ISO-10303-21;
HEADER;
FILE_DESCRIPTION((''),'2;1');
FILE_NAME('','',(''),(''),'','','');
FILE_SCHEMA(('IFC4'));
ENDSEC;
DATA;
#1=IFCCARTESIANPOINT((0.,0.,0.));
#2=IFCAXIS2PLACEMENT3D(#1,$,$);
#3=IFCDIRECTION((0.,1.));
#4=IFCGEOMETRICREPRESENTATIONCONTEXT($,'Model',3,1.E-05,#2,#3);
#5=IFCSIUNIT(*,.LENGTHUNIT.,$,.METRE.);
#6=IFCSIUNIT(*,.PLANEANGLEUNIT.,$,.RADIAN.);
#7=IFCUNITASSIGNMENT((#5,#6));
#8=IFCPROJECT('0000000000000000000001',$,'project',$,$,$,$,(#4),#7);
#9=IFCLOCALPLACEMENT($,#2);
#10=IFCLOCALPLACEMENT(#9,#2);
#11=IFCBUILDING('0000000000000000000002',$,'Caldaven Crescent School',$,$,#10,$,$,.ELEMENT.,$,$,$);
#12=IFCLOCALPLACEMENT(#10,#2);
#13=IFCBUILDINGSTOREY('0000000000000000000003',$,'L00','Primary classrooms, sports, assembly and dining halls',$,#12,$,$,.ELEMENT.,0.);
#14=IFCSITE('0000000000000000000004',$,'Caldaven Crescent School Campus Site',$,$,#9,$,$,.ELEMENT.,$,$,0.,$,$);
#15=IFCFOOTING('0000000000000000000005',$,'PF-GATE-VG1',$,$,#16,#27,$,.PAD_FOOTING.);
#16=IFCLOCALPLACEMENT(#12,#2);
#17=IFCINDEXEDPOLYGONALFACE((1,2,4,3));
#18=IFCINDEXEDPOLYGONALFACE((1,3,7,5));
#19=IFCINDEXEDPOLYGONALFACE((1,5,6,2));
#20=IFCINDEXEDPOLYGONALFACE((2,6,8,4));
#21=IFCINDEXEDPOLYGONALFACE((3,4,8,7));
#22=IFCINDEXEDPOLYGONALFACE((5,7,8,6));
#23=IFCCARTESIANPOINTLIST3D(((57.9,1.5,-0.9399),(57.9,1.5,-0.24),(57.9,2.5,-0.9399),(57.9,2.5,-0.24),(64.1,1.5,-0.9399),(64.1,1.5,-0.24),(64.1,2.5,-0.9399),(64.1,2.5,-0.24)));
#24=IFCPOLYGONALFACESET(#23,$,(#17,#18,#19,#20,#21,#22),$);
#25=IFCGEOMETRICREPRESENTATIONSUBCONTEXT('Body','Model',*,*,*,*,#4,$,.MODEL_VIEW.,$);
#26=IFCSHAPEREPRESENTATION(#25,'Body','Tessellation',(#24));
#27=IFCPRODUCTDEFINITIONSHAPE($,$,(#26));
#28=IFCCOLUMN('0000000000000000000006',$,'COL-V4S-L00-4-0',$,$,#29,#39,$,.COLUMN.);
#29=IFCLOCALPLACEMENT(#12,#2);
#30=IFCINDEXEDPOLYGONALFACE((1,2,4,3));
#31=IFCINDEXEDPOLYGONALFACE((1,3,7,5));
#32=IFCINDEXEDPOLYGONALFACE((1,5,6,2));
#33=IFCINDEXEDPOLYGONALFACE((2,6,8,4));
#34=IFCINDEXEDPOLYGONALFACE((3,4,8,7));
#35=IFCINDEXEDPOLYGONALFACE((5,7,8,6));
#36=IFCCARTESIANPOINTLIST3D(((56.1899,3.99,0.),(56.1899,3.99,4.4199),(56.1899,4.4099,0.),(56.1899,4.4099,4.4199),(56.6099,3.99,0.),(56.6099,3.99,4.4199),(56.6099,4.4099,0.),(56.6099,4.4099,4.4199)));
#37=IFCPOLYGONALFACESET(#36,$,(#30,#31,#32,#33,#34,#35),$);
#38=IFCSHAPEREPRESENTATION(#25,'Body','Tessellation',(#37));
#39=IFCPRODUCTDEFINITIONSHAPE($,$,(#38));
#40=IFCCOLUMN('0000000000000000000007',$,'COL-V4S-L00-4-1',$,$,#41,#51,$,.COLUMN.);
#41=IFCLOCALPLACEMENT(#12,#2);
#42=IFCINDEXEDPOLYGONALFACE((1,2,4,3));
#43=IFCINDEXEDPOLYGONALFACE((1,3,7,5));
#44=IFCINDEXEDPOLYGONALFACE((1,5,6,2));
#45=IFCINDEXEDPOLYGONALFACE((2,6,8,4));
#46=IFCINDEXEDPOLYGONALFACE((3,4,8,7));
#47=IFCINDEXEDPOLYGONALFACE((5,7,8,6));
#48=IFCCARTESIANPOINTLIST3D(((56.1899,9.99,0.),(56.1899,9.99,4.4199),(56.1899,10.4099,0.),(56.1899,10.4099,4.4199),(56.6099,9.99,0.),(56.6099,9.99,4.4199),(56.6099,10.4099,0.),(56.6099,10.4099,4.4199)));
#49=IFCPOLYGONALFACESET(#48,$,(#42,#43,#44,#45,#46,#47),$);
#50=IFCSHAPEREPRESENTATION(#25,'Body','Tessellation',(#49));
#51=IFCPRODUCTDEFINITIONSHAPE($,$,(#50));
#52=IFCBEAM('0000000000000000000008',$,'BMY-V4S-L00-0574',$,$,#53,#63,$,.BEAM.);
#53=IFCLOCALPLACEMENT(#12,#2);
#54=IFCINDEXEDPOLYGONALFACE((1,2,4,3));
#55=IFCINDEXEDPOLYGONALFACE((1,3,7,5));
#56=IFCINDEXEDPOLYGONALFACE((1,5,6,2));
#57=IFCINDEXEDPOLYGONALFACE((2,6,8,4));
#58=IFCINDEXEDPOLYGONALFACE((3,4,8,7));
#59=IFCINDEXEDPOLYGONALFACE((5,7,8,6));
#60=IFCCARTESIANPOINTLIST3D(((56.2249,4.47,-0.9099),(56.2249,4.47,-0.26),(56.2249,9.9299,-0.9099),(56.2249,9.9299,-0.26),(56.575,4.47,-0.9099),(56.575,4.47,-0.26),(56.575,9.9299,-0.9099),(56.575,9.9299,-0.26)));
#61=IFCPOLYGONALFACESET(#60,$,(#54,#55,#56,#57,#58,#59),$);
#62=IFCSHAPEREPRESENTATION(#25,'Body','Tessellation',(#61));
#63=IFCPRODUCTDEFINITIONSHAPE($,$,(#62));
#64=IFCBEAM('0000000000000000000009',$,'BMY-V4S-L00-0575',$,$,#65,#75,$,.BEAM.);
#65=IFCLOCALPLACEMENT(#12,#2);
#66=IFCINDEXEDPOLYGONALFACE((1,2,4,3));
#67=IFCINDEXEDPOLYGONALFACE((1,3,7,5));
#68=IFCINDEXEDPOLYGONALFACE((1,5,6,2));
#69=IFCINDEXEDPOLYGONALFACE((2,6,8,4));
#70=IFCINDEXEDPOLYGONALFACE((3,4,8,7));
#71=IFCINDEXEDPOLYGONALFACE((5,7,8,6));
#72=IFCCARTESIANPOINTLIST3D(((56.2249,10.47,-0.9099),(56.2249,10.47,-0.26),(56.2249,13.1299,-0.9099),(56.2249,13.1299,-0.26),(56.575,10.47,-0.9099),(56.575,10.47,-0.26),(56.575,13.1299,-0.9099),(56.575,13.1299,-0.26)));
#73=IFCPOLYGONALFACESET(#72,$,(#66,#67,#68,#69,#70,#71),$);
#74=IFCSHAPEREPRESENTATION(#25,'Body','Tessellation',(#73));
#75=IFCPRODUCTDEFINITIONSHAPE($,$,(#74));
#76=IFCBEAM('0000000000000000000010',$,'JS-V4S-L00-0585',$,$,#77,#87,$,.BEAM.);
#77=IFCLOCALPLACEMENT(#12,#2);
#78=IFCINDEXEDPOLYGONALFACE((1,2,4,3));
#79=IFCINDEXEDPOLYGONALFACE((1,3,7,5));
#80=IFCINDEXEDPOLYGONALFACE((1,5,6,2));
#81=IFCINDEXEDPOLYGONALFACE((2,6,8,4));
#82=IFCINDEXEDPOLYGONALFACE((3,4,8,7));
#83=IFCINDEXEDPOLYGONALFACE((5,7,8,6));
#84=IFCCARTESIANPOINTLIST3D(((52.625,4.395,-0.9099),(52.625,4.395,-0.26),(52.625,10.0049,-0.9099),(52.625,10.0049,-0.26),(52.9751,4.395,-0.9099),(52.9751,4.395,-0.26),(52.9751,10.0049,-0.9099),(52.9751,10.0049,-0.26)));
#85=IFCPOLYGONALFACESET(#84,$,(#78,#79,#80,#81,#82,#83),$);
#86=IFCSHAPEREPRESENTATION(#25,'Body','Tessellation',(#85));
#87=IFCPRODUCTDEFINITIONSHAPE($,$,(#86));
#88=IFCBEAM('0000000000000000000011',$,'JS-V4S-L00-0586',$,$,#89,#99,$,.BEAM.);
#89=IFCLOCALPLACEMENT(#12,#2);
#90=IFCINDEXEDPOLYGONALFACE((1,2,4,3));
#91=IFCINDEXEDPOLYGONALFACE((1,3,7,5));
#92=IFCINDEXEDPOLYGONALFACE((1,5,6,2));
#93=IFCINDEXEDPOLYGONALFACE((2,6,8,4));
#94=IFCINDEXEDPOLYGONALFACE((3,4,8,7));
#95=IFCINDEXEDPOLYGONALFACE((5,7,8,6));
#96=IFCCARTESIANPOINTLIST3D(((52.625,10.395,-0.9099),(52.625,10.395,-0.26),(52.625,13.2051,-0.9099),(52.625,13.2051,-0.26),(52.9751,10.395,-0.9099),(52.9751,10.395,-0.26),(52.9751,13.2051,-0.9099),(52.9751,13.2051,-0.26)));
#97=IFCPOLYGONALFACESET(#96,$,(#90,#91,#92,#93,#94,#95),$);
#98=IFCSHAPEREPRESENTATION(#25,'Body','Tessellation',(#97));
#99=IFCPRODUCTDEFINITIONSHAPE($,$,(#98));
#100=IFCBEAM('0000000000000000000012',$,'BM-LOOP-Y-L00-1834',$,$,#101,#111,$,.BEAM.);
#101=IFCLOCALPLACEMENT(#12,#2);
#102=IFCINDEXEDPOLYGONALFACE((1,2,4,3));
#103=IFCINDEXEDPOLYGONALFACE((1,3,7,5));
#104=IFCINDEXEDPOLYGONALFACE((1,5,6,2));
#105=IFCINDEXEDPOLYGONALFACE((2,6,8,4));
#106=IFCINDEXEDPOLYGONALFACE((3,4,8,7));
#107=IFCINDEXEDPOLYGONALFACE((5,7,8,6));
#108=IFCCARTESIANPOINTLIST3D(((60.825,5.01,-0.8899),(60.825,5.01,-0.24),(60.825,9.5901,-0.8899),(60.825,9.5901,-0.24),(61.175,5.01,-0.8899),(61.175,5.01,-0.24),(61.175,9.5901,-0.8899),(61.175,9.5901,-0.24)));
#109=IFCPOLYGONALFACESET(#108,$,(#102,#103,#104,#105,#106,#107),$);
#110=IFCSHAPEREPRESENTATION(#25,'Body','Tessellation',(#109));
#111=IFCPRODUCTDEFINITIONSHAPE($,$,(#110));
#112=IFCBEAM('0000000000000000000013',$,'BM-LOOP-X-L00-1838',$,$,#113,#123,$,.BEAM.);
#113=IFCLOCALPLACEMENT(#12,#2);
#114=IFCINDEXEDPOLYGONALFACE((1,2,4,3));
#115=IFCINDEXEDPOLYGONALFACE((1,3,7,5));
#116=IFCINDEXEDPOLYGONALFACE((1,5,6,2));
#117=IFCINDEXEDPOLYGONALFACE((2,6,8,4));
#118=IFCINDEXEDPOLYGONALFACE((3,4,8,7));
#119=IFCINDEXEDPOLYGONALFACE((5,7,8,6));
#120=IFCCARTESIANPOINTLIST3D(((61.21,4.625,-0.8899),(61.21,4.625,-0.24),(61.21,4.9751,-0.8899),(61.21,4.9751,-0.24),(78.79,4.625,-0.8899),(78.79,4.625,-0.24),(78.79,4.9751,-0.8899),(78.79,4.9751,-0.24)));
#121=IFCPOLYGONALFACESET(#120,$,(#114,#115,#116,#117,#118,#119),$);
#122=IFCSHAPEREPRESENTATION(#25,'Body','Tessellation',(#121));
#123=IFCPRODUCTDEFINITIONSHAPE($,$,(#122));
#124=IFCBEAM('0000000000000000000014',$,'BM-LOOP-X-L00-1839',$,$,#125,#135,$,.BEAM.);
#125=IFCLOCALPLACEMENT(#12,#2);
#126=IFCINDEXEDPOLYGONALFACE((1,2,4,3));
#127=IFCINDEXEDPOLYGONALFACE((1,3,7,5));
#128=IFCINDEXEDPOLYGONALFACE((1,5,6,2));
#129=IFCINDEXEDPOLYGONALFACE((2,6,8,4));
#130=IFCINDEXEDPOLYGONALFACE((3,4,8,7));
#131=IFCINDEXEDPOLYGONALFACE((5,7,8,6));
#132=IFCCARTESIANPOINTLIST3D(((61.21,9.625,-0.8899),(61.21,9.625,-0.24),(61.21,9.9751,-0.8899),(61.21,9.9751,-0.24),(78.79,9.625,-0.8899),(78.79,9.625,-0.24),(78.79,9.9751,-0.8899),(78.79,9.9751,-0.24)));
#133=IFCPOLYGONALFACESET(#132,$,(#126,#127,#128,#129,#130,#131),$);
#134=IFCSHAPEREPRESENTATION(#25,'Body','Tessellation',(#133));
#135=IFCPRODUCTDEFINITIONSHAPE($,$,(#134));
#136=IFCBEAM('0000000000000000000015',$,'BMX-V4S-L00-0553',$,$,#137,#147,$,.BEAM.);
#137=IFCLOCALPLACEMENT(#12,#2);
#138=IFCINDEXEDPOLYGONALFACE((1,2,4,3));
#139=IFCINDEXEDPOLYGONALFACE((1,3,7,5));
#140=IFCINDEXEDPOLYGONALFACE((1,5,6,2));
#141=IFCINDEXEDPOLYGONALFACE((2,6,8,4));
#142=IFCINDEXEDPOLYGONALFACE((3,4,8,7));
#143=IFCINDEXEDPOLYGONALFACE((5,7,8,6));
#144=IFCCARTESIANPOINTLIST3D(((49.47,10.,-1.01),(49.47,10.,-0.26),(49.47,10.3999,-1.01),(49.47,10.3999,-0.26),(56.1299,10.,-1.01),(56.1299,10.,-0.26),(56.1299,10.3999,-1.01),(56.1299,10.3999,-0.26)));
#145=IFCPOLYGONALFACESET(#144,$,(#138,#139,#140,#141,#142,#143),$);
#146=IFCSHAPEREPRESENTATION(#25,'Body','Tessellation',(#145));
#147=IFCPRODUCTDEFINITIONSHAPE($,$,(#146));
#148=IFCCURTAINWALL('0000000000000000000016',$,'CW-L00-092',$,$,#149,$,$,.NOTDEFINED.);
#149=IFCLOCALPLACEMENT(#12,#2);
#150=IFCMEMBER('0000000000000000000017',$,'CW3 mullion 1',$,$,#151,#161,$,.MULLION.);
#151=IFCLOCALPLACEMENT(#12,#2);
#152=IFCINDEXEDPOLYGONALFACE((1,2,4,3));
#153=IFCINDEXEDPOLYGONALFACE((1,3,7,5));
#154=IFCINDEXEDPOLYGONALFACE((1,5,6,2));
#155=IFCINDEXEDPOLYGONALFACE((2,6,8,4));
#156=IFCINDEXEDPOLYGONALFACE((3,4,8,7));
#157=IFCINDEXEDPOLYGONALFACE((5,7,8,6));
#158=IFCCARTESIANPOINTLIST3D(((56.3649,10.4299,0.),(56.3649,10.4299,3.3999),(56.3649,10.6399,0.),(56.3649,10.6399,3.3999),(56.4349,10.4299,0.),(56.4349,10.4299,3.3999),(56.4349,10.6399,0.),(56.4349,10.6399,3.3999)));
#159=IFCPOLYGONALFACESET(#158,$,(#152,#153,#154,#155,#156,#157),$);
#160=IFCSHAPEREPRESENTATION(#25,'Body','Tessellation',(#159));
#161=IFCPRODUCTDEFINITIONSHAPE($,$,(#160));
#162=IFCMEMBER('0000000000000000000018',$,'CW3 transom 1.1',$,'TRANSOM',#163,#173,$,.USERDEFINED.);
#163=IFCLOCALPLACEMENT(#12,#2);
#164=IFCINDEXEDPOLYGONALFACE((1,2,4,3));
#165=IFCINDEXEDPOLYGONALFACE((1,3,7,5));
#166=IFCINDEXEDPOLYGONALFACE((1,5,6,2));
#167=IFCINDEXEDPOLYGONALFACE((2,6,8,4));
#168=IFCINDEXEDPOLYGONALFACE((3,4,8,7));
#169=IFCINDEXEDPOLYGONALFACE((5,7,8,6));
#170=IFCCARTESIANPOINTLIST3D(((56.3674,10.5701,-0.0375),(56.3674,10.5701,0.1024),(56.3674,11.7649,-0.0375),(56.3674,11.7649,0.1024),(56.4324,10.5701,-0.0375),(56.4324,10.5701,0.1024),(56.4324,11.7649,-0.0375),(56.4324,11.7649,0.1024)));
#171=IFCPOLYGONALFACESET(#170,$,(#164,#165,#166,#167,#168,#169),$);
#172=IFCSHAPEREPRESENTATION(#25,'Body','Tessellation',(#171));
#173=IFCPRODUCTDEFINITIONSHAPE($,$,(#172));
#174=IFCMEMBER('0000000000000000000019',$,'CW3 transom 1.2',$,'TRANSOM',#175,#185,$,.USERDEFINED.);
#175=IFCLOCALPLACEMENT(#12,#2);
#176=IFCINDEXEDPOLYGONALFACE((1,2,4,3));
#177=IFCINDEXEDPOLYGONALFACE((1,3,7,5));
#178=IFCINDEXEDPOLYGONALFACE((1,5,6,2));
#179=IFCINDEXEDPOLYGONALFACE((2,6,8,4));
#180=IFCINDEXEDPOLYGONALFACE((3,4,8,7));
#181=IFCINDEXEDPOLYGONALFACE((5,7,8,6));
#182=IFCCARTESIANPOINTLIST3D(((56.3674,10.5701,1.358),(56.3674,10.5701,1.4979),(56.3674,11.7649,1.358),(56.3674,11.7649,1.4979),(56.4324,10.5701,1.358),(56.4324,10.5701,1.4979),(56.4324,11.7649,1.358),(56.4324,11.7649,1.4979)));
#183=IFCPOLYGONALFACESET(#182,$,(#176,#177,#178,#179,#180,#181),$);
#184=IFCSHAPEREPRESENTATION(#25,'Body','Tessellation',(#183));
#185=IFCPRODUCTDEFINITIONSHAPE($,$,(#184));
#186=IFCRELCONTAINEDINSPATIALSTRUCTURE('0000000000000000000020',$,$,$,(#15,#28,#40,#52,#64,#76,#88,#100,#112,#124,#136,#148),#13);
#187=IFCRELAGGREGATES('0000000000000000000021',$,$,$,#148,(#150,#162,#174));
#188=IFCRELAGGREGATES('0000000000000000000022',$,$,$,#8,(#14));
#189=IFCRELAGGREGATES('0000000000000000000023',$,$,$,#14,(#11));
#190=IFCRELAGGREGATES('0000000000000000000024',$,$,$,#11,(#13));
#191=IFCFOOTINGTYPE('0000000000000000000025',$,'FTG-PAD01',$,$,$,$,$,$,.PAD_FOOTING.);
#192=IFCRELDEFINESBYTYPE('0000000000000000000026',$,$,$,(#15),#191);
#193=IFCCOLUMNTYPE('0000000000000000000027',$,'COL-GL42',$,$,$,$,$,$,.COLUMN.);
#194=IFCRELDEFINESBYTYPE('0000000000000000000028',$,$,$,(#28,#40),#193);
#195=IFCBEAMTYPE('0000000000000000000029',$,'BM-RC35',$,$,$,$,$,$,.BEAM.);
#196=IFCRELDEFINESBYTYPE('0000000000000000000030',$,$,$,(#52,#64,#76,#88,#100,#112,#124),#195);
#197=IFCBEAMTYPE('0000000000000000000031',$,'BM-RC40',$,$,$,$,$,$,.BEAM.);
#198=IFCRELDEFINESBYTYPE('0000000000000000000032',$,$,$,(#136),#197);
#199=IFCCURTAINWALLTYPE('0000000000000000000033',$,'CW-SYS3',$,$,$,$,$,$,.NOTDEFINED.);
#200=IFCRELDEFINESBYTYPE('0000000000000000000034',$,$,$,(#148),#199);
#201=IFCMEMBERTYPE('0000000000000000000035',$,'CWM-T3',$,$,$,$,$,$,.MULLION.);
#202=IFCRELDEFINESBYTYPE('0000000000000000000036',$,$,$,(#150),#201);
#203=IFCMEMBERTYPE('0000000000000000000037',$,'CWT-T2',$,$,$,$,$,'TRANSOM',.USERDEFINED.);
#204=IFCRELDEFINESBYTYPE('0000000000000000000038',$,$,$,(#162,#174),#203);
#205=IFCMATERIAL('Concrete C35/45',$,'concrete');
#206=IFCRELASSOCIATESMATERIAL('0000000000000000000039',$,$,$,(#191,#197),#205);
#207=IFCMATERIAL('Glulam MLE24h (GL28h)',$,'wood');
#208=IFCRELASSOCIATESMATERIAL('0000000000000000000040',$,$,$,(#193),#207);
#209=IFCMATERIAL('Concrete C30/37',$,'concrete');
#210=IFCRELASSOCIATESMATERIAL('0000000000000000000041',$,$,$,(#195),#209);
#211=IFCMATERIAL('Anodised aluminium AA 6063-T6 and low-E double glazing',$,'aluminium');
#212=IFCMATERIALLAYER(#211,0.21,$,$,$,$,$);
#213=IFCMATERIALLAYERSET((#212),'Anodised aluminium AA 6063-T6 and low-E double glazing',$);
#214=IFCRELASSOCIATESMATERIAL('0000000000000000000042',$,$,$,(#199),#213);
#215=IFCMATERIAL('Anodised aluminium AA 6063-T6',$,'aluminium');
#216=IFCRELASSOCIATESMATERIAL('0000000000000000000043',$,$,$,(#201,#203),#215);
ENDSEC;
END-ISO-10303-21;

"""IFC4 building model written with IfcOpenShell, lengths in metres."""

from ifc_helpers import new_model, si_unit, direction, frame, origin, origin_2d, place, context, subcontext, project, spatial, rectangle, extrude, material, layer, layer_set, material_profile, profile_set, type_object, element, aggregate, save


model = new_model("IFC4")

# Units and contexts
model_context = context("Model", 3, precision=1e-05, world=origin(), true_north=direction((0.0, 1.0)))
body_context = subcontext(model_context, "Body", "Model", "MODEL_VIEW")
ifc_project = project(units=[si_unit("LENGTHUNIT", "METRE"), si_unit("PLANEANGLEUNIT", "RADIAN")], contexts=[model_context])

# Site, building, storey
site_placement = place(None, origin())
site = spatial("IfcSite", under=ifc_project, at=site_placement, Name="Caldaven Crescent School Campus Site", CompositionType="ELEMENT", RefElevation=0.0)
building_placement = place(site_placement, origin())
building = spatial("IfcBuilding", under=site, at=building_placement, Name="Caldaven Crescent School", CompositionType="ELEMENT")
storey_placement = place(building_placement, origin())
storey = spatial("IfcBuildingStorey", under=building, at=storey_placement, Name="L00", Description="Primary classrooms, sports, assembly and dining halls", CompositionType="ELEMENT", Elevation=0.0)

# Footing
ifc_material_1 = material(Name="Concrete C35/45", Category="concrete")
footing_type = type_object("IfcFootingType", Name="FTG-PAD01", PredefinedType="PAD_FOOTING", material=ifc_material_1)
footing_placement = place(storey_placement, frame((61.0, 2.0, -0.9399), z_axis=(0.0, 0.0, 1.0), x_axis=(1.0, 0.0, 0.0)))
element("IfcFooting", 1, at=footing_placement, inside=storey, type_object=footing_type, Name="PF-GATE-VG1", PredefinedType="PAD_FOOTING", context=body_context, shape_type="SweptSolid", body=[
    extrude(rectangle(XDim=6.2, YDim=1.0, at=origin_2d()), origin(), (0.0, 0.0, 1.0), 0.7),
])

# Columns
ifc_material_2 = material(Name="Glulam MLE24h (GL28h)", Category="wood")
ifc_material_profile_1 = material_profile(ifc_material_2, rectangle(XDim=0.4199, YDim=0.4199, at=origin_2d()), Name="MLE 420x420")
ifc_profile_set_1 = profile_set([ifc_material_profile_1], Name="Glulam MLE24h (GL28h)")
column_type = type_object("IfcColumnType", Name="COL-GL42", PredefinedType="COLUMN", material=ifc_profile_set_1)
for number, where, z_axis, x_axis, name in (
    (2, (56.3999, 4.2, 0.0), (0.0, 0.0, 1.0), (1.0, 0.0, 0.0), "COL-V4S-L00-4-0"),
    (3, (56.3999, 10.2, 0.0), (0.0, 0.0, 1.0), (1.0, 0.0, 0.0), "COL-V4S-L00-4-1"),
):
    element("IfcColumn", number, at=place(storey_placement, frame(where, z_axis=z_axis, x_axis=x_axis)), inside=storey, type_object=column_type, Name=name, PredefinedType="COLUMN", context=body_context, shape_type="SweptSolid", body=[
        extrude(rectangle(XDim=0.4199, YDim=0.4199, at=origin_2d()), origin(), (0.0, 0.0, 1.0), 4.4199),
    ])

# Beams
ifc_material_3 = material(Name="Concrete C30/37", Category="concrete")
ifc_material_profile_2 = material_profile(ifc_material_3, rectangle(XDim=0.3501, YDim=0.6499, at=origin_2d()), Name="RC 350x650")
ifc_profile_set_2 = profile_set([ifc_material_profile_2], Name="Concrete C30/37")
beam_type_1 = type_object("IfcBeamType", Name="BM-RC35", PredefinedType="BEAM", material=ifc_profile_set_2)
beam_1_placement = place(storey_placement, frame((56.3999, 4.47, -0.585), z_axis=(0.0, 1.0, 0.0), x_axis=(-1.0, 0.0, 0.0)))
element("IfcBeam", 4, at=beam_1_placement, inside=storey, type_object=beam_type_1, Name="BMY-V4S-L00-0574", PredefinedType="BEAM", context=body_context, shape_type="SweptSolid", body=[
    extrude(rectangle(XDim=0.3501, YDim=0.6499, at=origin_2d()), origin(), (0.0, 0.0, 1.0), 5.46),
])
beam_2_placement = place(storey_placement, frame((56.3999, 10.47, -0.585), z_axis=(0.0, 1.0, 0.0), x_axis=(-1.0, 0.0, 0.0)))
element("IfcBeam", 5, at=beam_2_placement, inside=storey, type_object=beam_type_1, Name="BMY-V4S-L00-0575", PredefinedType="BEAM", context=body_context, shape_type="SweptSolid", body=[
    extrude(rectangle(XDim=0.3501, YDim=0.6499, at=origin_2d()), origin(), (0.0, 0.0, 1.0), 2.6599),
])
beam_3_placement = place(storey_placement, frame((52.8, 4.395, -0.585), z_axis=(0.0, 1.0, 0.0), x_axis=(-1.0, 0.0, 0.0)))
element("IfcBeam", 6, at=beam_3_placement, inside=storey, type_object=beam_type_1, Name="JS-V4S-L00-0585", PredefinedType="BEAM", context=body_context, shape_type="SweptSolid", body=[
    extrude(rectangle(XDim=0.3501, YDim=0.6499, at=origin_2d()), origin(), (0.0, 0.0, 1.0), 5.6099),
])
beam_4_placement = place(storey_placement, frame((52.8, 10.395, -0.585), z_axis=(0.0, 1.0, 0.0), x_axis=(-1.0, 0.0, 0.0)))
element("IfcBeam", 7, at=beam_4_placement, inside=storey, type_object=beam_type_1, Name="JS-V4S-L00-0586", PredefinedType="BEAM", context=body_context, shape_type="SweptSolid", body=[
    extrude(rectangle(XDim=0.3501, YDim=0.6499, at=origin_2d()), origin(), (0.0, 0.0, 1.0), 2.8101),
])
beam_5_placement = place(storey_placement, frame((61.0, 5.01, -0.5649), z_axis=(0.0, 1.0, 0.0), x_axis=(-1.0, 0.0, 0.0)))
element("IfcBeam", 8, at=beam_5_placement, inside=storey, type_object=beam_type_1, Name="BM-LOOP-Y-L00-1834", PredefinedType="BEAM", context=body_context, shape_type="SweptSolid", body=[
    extrude(rectangle(XDim=0.3501, YDim=0.6499, at=origin_2d()), origin(), (0.0, 0.0, 1.0), 4.5801),
])
for number, where, z_axis, x_axis, name in (
    (9, (61.21, 4.8, -0.5649), (1.0, 0.0, 0.0), (0.0, 1.0, 0.0), "BM-LOOP-X-L00-1838"),
    (10, (61.21, 9.8, -0.5649), (1.0, 0.0, 0.0), (0.0, 1.0, 0.0), "BM-LOOP-X-L00-1839"),
):
    element("IfcBeam", number, at=place(storey_placement, frame(where, z_axis=z_axis, x_axis=x_axis)), inside=storey, type_object=beam_type_1, Name=name, PredefinedType="BEAM", context=body_context, shape_type="SweptSolid", body=[
        extrude(rectangle(XDim=0.3501, YDim=0.6499, at=origin_2d()), origin(), (0.0, 0.0, 1.0), 17.5801),
    ])
ifc_material_profile_3 = material_profile(ifc_material_1, rectangle(XDim=0.3999, YDim=0.75, at=origin_2d()), Name="RC 400x750")
ifc_profile_set_3 = profile_set([ifc_material_profile_3], Name="Concrete C35/45")
beam_type_2 = type_object("IfcBeamType", Name="BM-RC40", PredefinedType="BEAM", material=ifc_profile_set_3)
beam_6_placement = place(storey_placement, frame((49.47, 10.2, -0.635), z_axis=(1.0, 0.0, 0.0), x_axis=(0.0, 1.0, 0.0)))
element("IfcBeam", 11, at=beam_6_placement, inside=storey, type_object=beam_type_2, Name="BMX-V4S-L00-0553", PredefinedType="BEAM", context=body_context, shape_type="SweptSolid", body=[
    extrude(rectangle(XDim=0.3999, YDim=0.75, at=origin_2d()), origin(), (0.0, 0.0, 1.0), 6.6599),
])

# Curtain wall, members
ifc_material_4 = material(Name="Anodised aluminium AA 6063-T6 and low-E double glazing", Category="aluminium")
ifc_layer_1 = layer(ifc_material_4, 0.21)
ifc_layer_set_1 = layer_set([ifc_layer_1], Name="Anodised aluminium AA 6063-T6 and low-E double glazing")
curtain_wall_type = type_object("IfcCurtainWallType", Name="CW-SYS3", PredefinedType="NOTDEFINED", material=ifc_layer_set_1)
curtain_wall_placement = place(storey_placement, origin())
curtain_wall = element("IfcCurtainWall", 12, at=curtain_wall_placement, inside=storey, type_object=curtain_wall_type, Name="CW-L00-092", PredefinedType="NOTDEFINED")
ifc_material_5 = material(Name="Anodised aluminium AA 6063-T6", Category="aluminium")
ifc_material_profile_4 = material_profile(ifc_material_5, rectangle(XDim=0.0701, YDim=0.21, at=origin_2d()), Name="CWM 70x210")
ifc_profile_set_4 = profile_set([ifc_material_profile_4], Name="Anodised aluminium AA 6063-T6")
member_type_1 = type_object("IfcMemberType", Name="CWM-T3", PredefinedType="MULLION", material=ifc_profile_set_4)
member_1_placement = place(storey_placement, frame((56.3999, 10.5349, 0.0), z_axis=(0.0, 0.0, 1.0), x_axis=(-1.0, 0.0, 0.0)))
member_1 = element("IfcMember", 13, at=member_1_placement, type_object=member_type_1, Name="CW3 mullion 1", PredefinedType="MULLION", context=body_context, shape_type="SweptSolid", body=[
    extrude(rectangle(XDim=0.0701, YDim=0.21, at=origin_2d()), origin(), (0.0, 0.0, 1.0), 3.3999),
])
ifc_material_profile_5 = material_profile(ifc_material_5, rectangle(XDim=0.0649, YDim=0.1399, at=origin_2d()), Name="CWT 65x140")
ifc_profile_set_5 = profile_set([ifc_material_profile_5], Name="Anodised aluminium AA 6063-T6")
member_type_2 = type_object("IfcMemberType", Name="CWT-T2", ElementType="TRANSOM", PredefinedType="USERDEFINED", material=ifc_profile_set_5)
member_2_placement = place(storey_placement, frame((56.3999, 10.5701, 0.0325), z_axis=(0.0, 1.0, 0.0), x_axis=(-1.0, 0.0, 0.0)))
member_2 = element("IfcMember", 14, at=member_2_placement, type_object=member_type_2, Name="CW3 transom 1.1", ObjectType="TRANSOM", PredefinedType="USERDEFINED", context=body_context, shape_type="SweptSolid", body=[
    extrude(rectangle(XDim=0.0649, YDim=0.1399, at=origin_2d()), origin(), (0.0, 0.0, 1.0), 1.1948),
])
member_3_placement = place(storey_placement, frame((56.3999, 10.5701, 1.428), z_axis=(0.0, 1.0, 0.0), x_axis=(-1.0, 0.0, 0.0)))
member_3 = element("IfcMember", 15, at=member_3_placement, type_object=member_type_2, Name="CW3 transom 1.2", ObjectType="TRANSOM", PredefinedType="USERDEFINED", context=body_context, shape_type="SweptSolid", body=[
    extrude(rectangle(XDim=0.0649, YDim=0.1399, at=origin_2d()), origin(), (0.0, 0.0, 1.0), 1.1948),
])
aggregate(curtain_wall, [member_1, member_2, member_3])

save(model, "model.ifc")
